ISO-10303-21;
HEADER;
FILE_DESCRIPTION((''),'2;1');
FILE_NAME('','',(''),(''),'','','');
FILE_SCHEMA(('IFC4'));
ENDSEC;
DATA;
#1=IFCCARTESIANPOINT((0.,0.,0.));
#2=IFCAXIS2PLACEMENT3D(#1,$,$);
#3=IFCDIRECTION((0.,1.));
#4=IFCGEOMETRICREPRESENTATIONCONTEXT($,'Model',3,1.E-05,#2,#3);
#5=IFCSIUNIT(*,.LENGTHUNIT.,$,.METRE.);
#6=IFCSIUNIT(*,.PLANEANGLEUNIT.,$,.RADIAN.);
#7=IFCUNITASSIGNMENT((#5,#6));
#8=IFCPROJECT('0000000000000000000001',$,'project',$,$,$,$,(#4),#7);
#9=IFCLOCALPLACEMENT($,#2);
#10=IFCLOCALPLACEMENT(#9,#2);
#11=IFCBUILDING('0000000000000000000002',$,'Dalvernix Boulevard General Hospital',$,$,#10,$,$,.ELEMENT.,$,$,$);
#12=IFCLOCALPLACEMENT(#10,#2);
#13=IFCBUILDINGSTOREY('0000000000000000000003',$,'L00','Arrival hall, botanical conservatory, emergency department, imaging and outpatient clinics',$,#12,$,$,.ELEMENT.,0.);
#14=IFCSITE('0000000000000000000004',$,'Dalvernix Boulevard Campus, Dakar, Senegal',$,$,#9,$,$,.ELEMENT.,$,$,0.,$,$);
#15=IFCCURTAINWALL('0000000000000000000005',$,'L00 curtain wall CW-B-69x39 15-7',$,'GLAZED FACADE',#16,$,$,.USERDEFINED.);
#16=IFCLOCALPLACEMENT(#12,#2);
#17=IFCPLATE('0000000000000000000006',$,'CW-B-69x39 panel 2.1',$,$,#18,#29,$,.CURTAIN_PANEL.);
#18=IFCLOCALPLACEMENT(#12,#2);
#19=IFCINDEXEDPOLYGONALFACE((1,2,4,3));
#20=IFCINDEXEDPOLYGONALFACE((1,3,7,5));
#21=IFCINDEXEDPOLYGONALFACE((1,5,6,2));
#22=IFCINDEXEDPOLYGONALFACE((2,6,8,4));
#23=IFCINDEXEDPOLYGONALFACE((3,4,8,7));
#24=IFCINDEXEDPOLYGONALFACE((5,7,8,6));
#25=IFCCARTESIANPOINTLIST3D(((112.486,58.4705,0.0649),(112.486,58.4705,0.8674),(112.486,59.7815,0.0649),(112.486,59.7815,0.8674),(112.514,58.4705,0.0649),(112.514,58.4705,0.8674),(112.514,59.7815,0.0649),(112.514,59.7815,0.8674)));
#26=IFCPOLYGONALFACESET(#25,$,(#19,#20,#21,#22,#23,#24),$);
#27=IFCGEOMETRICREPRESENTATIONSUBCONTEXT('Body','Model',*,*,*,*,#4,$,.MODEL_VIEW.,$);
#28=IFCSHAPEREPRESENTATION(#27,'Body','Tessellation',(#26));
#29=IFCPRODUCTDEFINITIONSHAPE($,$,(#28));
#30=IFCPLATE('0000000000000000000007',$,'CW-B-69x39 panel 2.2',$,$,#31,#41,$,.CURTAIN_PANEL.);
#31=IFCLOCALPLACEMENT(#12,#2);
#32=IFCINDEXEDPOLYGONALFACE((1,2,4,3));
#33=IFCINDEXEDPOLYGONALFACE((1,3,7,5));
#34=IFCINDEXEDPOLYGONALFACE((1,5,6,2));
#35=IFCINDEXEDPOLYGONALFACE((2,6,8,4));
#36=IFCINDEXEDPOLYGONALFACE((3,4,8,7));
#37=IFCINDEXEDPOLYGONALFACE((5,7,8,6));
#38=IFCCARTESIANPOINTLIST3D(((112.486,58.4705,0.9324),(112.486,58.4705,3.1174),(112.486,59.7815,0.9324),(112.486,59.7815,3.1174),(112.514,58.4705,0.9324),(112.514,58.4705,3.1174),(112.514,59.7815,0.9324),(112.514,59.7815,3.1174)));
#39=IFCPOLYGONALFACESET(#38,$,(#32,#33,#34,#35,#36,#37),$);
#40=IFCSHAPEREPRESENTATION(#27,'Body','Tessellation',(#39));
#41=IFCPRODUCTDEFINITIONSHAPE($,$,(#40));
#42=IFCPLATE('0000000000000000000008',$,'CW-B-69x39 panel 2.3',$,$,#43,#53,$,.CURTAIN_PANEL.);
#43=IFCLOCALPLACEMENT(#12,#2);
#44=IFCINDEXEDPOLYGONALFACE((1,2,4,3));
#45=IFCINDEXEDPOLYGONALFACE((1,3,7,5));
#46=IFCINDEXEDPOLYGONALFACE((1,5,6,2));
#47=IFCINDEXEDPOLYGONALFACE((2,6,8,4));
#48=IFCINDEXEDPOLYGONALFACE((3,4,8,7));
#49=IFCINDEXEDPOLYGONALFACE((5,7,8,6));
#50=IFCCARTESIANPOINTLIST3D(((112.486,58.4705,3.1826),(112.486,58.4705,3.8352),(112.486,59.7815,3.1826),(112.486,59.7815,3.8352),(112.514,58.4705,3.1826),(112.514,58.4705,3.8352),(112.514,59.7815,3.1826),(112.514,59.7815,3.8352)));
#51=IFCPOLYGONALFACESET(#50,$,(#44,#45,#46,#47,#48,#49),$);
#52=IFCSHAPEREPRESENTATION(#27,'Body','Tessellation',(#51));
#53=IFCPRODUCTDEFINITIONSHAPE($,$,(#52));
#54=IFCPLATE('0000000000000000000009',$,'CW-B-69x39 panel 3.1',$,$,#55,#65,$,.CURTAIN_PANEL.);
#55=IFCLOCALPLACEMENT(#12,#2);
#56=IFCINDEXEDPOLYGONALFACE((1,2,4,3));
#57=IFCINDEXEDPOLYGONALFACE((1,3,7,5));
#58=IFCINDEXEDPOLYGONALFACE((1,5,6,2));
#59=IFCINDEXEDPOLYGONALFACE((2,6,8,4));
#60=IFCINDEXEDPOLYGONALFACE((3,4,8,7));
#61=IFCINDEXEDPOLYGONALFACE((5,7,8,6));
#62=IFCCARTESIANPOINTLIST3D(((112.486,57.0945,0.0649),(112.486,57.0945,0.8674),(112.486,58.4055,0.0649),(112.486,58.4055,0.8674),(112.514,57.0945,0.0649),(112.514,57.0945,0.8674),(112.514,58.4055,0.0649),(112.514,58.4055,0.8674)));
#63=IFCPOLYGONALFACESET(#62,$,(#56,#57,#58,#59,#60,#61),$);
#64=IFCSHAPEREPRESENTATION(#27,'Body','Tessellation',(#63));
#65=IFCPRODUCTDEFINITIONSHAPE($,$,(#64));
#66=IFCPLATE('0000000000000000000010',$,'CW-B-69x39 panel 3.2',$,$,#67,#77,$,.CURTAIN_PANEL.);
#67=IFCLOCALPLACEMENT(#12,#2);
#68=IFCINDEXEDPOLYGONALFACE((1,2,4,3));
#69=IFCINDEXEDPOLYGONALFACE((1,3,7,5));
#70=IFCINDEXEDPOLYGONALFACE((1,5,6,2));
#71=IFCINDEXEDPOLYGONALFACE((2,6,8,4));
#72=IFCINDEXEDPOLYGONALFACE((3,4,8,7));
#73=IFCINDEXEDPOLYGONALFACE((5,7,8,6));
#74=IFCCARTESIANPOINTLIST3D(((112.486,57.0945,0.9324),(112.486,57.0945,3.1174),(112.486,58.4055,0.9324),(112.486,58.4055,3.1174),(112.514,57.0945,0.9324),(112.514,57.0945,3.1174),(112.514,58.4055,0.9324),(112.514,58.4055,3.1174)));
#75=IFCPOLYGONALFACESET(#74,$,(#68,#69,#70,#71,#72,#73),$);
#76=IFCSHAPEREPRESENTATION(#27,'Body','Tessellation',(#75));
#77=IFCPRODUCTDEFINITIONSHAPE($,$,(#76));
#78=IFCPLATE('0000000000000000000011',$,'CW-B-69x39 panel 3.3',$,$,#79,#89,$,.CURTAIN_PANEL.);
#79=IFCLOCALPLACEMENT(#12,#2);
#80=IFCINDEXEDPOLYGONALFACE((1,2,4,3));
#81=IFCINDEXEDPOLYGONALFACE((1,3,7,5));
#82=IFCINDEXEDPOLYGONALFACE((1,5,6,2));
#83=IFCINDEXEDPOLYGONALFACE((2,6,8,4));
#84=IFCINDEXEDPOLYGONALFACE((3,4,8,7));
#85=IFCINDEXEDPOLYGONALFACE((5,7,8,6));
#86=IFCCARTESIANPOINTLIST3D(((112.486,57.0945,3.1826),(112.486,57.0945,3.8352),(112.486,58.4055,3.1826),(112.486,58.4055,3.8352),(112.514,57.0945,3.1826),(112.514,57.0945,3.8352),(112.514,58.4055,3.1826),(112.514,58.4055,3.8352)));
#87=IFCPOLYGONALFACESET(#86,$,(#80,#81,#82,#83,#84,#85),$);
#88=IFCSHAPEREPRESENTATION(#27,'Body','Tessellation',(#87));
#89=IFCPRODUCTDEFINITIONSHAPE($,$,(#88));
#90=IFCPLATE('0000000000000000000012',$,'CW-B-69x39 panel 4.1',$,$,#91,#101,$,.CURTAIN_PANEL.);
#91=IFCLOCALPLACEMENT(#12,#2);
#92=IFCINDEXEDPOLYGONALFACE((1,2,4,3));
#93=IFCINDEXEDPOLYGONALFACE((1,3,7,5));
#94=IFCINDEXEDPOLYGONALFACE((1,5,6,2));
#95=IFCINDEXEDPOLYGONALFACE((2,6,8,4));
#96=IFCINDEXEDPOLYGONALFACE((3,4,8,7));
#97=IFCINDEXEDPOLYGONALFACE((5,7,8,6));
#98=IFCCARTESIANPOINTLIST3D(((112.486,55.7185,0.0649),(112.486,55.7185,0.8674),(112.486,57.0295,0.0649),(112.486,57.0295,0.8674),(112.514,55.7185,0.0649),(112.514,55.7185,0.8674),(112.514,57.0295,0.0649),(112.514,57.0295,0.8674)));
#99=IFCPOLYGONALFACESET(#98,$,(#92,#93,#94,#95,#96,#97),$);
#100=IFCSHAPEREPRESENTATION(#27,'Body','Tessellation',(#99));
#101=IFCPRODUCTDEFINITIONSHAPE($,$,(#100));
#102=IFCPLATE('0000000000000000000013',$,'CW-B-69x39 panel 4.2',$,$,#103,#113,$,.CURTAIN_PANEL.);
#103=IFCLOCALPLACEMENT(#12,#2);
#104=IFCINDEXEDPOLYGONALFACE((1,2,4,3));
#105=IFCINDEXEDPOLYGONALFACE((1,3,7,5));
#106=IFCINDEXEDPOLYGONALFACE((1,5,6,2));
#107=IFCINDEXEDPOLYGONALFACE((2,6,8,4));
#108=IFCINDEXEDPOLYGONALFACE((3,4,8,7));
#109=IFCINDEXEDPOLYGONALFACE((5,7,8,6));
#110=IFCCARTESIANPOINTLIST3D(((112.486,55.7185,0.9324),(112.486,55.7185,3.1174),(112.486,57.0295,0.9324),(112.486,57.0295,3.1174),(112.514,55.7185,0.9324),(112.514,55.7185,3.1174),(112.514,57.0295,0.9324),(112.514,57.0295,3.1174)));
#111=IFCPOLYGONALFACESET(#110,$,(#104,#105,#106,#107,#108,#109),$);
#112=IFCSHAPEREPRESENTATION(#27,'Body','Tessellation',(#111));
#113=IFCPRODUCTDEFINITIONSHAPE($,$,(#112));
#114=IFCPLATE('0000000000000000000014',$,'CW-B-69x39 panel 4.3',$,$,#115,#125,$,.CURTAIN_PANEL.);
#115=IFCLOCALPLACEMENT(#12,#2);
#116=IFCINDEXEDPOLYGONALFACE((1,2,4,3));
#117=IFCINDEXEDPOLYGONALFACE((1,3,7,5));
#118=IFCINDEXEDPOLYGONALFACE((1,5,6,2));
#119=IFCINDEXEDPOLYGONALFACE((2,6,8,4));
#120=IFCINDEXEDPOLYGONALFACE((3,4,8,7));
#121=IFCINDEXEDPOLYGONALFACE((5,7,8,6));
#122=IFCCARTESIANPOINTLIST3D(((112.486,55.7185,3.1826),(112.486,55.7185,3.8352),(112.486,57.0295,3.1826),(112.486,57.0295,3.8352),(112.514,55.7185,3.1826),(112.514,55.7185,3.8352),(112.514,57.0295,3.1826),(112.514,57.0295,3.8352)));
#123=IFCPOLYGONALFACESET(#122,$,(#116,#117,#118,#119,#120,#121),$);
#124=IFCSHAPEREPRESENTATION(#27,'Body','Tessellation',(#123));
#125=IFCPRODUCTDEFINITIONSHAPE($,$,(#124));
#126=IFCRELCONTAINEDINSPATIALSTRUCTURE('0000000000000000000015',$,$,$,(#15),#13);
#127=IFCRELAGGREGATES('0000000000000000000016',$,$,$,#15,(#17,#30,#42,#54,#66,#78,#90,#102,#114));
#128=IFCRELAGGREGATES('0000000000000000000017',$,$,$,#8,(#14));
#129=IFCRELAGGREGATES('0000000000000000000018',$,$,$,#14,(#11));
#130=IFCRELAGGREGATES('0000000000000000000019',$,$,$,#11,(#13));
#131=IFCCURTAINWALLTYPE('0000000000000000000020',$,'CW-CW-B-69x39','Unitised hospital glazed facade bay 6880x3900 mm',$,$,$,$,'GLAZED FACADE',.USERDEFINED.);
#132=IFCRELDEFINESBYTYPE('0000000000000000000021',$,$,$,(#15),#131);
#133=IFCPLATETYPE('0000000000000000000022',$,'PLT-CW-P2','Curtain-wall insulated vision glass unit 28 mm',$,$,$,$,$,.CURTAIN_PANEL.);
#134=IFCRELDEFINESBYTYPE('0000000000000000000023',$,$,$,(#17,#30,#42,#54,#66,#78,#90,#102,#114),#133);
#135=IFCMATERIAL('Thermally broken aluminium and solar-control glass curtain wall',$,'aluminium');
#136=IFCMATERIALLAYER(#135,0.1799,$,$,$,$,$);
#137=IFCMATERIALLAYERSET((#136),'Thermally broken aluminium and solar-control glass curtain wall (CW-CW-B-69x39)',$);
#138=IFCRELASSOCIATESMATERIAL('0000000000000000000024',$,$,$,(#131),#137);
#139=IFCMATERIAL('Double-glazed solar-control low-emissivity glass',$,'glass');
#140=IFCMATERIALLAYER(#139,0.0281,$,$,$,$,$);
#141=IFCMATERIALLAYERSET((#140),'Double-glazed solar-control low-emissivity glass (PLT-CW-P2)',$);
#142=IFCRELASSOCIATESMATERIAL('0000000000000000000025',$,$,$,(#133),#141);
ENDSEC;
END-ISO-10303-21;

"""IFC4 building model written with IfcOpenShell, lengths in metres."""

from ifc_helpers import new_model, si_unit, direction, frame, origin, origin_2d, place, context, subcontext, project, spatial, rectangle, extrude, material, layer, layer_set, type_object, element, aggregate, save


model = new_model("IFC4")

# Units and contexts
model_context = context("Model", 3, precision=1e-05, world=origin(), true_north=direction((0.0, 1.0)))
body_context = subcontext(model_context, "Body", "Model", "MODEL_VIEW")
ifc_project = project(units=[si_unit("LENGTHUNIT", "METRE"), si_unit("PLANEANGLEUNIT", "RADIAN")], contexts=[model_context])

# Site, building, storey
site_placement = place(None, origin())
site = spatial("IfcSite", under=ifc_project, at=site_placement, Name="Dalvernix Boulevard Campus, Dakar, Senegal", CompositionType="ELEMENT", RefElevation=0.0)
building_placement = place(site_placement, origin())
building = spatial("IfcBuilding", under=site, at=building_placement, Name="Dalvernix Boulevard General Hospital", CompositionType="ELEMENT")
storey_placement = place(building_placement, origin())
storey = spatial("IfcBuildingStorey", under=building, at=storey_placement, Name="L00", Description="Arrival hall, botanical conservatory, emergency department, imaging and outpatient clinics", CompositionType="ELEMENT", Elevation=0.0)

# Curtain wall, plates
ifc_material_1 = material(Name="Thermally broken aluminium and solar-control glass curtain wall", Category="aluminium")
ifc_layer_1 = layer(ifc_material_1, 0.1799)
ifc_layer_set_1 = layer_set([ifc_layer_1], Name="Thermally broken aluminium and solar-control glass curtain wall (CW-CW-B-69x39)")
curtain_wall_type = type_object("IfcCurtainWallType", Name="CW-CW-B-69x39", Description="Unitised hospital glazed facade bay 6880x3900 mm", ElementType="GLAZED FACADE", PredefinedType="USERDEFINED", material=ifc_layer_set_1)
curtain_wall_placement = place(storey_placement, origin())
curtain_wall = element("IfcCurtainWall", 1, at=curtain_wall_placement, inside=storey, type_object=curtain_wall_type, Name="L00 curtain wall CW-B-69x39 15-7", ObjectType="GLAZED FACADE", PredefinedType="USERDEFINED")
ifc_material_2 = material(Name="Double-glazed solar-control low-emissivity glass", Category="glass")
ifc_layer_2 = layer(ifc_material_2, 0.0281)
ifc_layer_set_2 = layer_set([ifc_layer_2], Name="Double-glazed solar-control low-emissivity glass (PLT-CW-P2)")
plate_type = type_object("IfcPlateType", Name="PLT-CW-P2", Description="Curtain-wall insulated vision glass unit 28 mm", PredefinedType="CURTAIN_PANEL", material=ifc_layer_set_2)
plate_1_placement = place(storey_placement, frame((112.5, 59.126, 0.0649), z_axis=(0.0, 0.0, 1.0), x_axis=(0.0, -1.0, 0.0)))
plate_1 = element("IfcPlate", 2, at=plate_1_placement, type_object=plate_type, Name="CW-B-69x39 panel 2.1", PredefinedType="CURTAIN_PANEL", context=body_context, shape_type="SweptSolid", body=[
    extrude(rectangle(XDim=1.311, YDim=0.0281, at=origin_2d()), origin(), (0.0, 0.0, 1.0), 0.8025),
])
plate_2_placement = place(storey_placement, frame((112.5, 59.126, 0.9324), z_axis=(0.0, 0.0, 1.0), x_axis=(0.0, -1.0, 0.0)))
plate_2 = element("IfcPlate", 3, at=plate_2_placement, type_object=plate_type, Name="CW-B-69x39 panel 2.2", PredefinedType="CURTAIN_PANEL", context=body_context, shape_type="SweptSolid", body=[
    extrude(rectangle(XDim=1.311, YDim=0.0281, at=origin_2d()), origin(), (0.0, 0.0, 1.0), 2.1851),
])
plate_3_placement = place(storey_placement, frame((112.5, 59.126, 3.1826), z_axis=(0.0, 0.0, 1.0), x_axis=(0.0, -1.0, 0.0)))
plate_3 = element("IfcPlate", 4, at=plate_3_placement, type_object=plate_type, Name="CW-B-69x39 panel 2.3", PredefinedType="CURTAIN_PANEL", context=body_context, shape_type="SweptSolid", body=[
    extrude(rectangle(XDim=1.311, YDim=0.0281, at=origin_2d()), origin(), (0.0, 0.0, 1.0), 0.6526),
])
plate_4_placement = place(storey_placement, frame((112.5, 57.75, 0.0649), z_axis=(0.0, 0.0, 1.0), x_axis=(0.0, -1.0, 0.0)))
plate_4 = element("IfcPlate", 5, at=plate_4_placement, type_object=plate_type, Name="CW-B-69x39 panel 3.1", PredefinedType="CURTAIN_PANEL", context=body_context, shape_type="SweptSolid", body=[
    extrude(rectangle(XDim=1.311, YDim=0.0281, at=origin_2d()), origin(), (0.0, 0.0, 1.0), 0.8025),
])
plate_5_placement = place(storey_placement, frame((112.5, 57.75, 0.9324), z_axis=(0.0, 0.0, 1.0), x_axis=(0.0, -1.0, 0.0)))
plate_5 = element("IfcPlate", 6, at=plate_5_placement, type_object=plate_type, Name="CW-B-69x39 panel 3.2", PredefinedType="CURTAIN_PANEL", context=body_context, shape_type="SweptSolid", body=[
    extrude(rectangle(XDim=1.311, YDim=0.0281, at=origin_2d()), origin(), (0.0, 0.0, 1.0), 2.1851),
])
plate_6_placement = place(storey_placement, frame((112.5, 57.75, 3.1826), z_axis=(0.0, 0.0, 1.0), x_axis=(0.0, -1.0, 0.0)))
plate_6 = element("IfcPlate", 7, at=plate_6_placement, type_object=plate_type, Name="CW-B-69x39 panel 3.3", PredefinedType="CURTAIN_PANEL", context=body_context, shape_type="SweptSolid", body=[
    extrude(rectangle(XDim=1.311, YDim=0.0281, at=origin_2d()), origin(), (0.0, 0.0, 1.0), 0.6526),
])
plate_7_placement = place(storey_placement, frame((112.5, 56.374, 0.0649), z_axis=(0.0, 0.0, 1.0), x_axis=(0.0, -1.0, 0.0)))
plate_7 = element("IfcPlate", 8, at=plate_7_placement, type_object=plate_type, Name="CW-B-69x39 panel 4.1", PredefinedType="CURTAIN_PANEL", context=body_context, shape_type="SweptSolid", body=[
    extrude(rectangle(XDim=1.311, YDim=0.0281, at=origin_2d()), origin(), (0.0, 0.0, 1.0), 0.8025),
])
plate_8_placement = place(storey_placement, frame((112.5, 56.374, 0.9324), z_axis=(0.0, 0.0, 1.0), x_axis=(0.0, -1.0, 0.0)))
plate_8 = element("IfcPlate", 9, at=plate_8_placement, type_object=plate_type, Name="CW-B-69x39 panel 4.2", PredefinedType="CURTAIN_PANEL", context=body_context, shape_type="SweptSolid", body=[
    extrude(rectangle(XDim=1.311, YDim=0.0281, at=origin_2d()), origin(), (0.0, 0.0, 1.0), 2.1851),
])
plate_9_placement = place(storey_placement, frame((112.5, 56.374, 3.1826), z_axis=(0.0, 0.0, 1.0), x_axis=(0.0, -1.0, 0.0)))
plate_9 = element("IfcPlate", 10, at=plate_9_placement, type_object=plate_type, Name="CW-B-69x39 panel 4.3", PredefinedType="CURTAIN_PANEL", context=body_context, shape_type="SweptSolid", body=[
    extrude(rectangle(XDim=1.311, YDim=0.0281, at=origin_2d()), origin(), (0.0, 0.0, 1.0), 0.6526),
])
aggregate(curtain_wall, [plate_1, plate_2, plate_3, plate_4, plate_5, plate_6, plate_7, plate_8, plate_9])

save(model, "model.ifc")
